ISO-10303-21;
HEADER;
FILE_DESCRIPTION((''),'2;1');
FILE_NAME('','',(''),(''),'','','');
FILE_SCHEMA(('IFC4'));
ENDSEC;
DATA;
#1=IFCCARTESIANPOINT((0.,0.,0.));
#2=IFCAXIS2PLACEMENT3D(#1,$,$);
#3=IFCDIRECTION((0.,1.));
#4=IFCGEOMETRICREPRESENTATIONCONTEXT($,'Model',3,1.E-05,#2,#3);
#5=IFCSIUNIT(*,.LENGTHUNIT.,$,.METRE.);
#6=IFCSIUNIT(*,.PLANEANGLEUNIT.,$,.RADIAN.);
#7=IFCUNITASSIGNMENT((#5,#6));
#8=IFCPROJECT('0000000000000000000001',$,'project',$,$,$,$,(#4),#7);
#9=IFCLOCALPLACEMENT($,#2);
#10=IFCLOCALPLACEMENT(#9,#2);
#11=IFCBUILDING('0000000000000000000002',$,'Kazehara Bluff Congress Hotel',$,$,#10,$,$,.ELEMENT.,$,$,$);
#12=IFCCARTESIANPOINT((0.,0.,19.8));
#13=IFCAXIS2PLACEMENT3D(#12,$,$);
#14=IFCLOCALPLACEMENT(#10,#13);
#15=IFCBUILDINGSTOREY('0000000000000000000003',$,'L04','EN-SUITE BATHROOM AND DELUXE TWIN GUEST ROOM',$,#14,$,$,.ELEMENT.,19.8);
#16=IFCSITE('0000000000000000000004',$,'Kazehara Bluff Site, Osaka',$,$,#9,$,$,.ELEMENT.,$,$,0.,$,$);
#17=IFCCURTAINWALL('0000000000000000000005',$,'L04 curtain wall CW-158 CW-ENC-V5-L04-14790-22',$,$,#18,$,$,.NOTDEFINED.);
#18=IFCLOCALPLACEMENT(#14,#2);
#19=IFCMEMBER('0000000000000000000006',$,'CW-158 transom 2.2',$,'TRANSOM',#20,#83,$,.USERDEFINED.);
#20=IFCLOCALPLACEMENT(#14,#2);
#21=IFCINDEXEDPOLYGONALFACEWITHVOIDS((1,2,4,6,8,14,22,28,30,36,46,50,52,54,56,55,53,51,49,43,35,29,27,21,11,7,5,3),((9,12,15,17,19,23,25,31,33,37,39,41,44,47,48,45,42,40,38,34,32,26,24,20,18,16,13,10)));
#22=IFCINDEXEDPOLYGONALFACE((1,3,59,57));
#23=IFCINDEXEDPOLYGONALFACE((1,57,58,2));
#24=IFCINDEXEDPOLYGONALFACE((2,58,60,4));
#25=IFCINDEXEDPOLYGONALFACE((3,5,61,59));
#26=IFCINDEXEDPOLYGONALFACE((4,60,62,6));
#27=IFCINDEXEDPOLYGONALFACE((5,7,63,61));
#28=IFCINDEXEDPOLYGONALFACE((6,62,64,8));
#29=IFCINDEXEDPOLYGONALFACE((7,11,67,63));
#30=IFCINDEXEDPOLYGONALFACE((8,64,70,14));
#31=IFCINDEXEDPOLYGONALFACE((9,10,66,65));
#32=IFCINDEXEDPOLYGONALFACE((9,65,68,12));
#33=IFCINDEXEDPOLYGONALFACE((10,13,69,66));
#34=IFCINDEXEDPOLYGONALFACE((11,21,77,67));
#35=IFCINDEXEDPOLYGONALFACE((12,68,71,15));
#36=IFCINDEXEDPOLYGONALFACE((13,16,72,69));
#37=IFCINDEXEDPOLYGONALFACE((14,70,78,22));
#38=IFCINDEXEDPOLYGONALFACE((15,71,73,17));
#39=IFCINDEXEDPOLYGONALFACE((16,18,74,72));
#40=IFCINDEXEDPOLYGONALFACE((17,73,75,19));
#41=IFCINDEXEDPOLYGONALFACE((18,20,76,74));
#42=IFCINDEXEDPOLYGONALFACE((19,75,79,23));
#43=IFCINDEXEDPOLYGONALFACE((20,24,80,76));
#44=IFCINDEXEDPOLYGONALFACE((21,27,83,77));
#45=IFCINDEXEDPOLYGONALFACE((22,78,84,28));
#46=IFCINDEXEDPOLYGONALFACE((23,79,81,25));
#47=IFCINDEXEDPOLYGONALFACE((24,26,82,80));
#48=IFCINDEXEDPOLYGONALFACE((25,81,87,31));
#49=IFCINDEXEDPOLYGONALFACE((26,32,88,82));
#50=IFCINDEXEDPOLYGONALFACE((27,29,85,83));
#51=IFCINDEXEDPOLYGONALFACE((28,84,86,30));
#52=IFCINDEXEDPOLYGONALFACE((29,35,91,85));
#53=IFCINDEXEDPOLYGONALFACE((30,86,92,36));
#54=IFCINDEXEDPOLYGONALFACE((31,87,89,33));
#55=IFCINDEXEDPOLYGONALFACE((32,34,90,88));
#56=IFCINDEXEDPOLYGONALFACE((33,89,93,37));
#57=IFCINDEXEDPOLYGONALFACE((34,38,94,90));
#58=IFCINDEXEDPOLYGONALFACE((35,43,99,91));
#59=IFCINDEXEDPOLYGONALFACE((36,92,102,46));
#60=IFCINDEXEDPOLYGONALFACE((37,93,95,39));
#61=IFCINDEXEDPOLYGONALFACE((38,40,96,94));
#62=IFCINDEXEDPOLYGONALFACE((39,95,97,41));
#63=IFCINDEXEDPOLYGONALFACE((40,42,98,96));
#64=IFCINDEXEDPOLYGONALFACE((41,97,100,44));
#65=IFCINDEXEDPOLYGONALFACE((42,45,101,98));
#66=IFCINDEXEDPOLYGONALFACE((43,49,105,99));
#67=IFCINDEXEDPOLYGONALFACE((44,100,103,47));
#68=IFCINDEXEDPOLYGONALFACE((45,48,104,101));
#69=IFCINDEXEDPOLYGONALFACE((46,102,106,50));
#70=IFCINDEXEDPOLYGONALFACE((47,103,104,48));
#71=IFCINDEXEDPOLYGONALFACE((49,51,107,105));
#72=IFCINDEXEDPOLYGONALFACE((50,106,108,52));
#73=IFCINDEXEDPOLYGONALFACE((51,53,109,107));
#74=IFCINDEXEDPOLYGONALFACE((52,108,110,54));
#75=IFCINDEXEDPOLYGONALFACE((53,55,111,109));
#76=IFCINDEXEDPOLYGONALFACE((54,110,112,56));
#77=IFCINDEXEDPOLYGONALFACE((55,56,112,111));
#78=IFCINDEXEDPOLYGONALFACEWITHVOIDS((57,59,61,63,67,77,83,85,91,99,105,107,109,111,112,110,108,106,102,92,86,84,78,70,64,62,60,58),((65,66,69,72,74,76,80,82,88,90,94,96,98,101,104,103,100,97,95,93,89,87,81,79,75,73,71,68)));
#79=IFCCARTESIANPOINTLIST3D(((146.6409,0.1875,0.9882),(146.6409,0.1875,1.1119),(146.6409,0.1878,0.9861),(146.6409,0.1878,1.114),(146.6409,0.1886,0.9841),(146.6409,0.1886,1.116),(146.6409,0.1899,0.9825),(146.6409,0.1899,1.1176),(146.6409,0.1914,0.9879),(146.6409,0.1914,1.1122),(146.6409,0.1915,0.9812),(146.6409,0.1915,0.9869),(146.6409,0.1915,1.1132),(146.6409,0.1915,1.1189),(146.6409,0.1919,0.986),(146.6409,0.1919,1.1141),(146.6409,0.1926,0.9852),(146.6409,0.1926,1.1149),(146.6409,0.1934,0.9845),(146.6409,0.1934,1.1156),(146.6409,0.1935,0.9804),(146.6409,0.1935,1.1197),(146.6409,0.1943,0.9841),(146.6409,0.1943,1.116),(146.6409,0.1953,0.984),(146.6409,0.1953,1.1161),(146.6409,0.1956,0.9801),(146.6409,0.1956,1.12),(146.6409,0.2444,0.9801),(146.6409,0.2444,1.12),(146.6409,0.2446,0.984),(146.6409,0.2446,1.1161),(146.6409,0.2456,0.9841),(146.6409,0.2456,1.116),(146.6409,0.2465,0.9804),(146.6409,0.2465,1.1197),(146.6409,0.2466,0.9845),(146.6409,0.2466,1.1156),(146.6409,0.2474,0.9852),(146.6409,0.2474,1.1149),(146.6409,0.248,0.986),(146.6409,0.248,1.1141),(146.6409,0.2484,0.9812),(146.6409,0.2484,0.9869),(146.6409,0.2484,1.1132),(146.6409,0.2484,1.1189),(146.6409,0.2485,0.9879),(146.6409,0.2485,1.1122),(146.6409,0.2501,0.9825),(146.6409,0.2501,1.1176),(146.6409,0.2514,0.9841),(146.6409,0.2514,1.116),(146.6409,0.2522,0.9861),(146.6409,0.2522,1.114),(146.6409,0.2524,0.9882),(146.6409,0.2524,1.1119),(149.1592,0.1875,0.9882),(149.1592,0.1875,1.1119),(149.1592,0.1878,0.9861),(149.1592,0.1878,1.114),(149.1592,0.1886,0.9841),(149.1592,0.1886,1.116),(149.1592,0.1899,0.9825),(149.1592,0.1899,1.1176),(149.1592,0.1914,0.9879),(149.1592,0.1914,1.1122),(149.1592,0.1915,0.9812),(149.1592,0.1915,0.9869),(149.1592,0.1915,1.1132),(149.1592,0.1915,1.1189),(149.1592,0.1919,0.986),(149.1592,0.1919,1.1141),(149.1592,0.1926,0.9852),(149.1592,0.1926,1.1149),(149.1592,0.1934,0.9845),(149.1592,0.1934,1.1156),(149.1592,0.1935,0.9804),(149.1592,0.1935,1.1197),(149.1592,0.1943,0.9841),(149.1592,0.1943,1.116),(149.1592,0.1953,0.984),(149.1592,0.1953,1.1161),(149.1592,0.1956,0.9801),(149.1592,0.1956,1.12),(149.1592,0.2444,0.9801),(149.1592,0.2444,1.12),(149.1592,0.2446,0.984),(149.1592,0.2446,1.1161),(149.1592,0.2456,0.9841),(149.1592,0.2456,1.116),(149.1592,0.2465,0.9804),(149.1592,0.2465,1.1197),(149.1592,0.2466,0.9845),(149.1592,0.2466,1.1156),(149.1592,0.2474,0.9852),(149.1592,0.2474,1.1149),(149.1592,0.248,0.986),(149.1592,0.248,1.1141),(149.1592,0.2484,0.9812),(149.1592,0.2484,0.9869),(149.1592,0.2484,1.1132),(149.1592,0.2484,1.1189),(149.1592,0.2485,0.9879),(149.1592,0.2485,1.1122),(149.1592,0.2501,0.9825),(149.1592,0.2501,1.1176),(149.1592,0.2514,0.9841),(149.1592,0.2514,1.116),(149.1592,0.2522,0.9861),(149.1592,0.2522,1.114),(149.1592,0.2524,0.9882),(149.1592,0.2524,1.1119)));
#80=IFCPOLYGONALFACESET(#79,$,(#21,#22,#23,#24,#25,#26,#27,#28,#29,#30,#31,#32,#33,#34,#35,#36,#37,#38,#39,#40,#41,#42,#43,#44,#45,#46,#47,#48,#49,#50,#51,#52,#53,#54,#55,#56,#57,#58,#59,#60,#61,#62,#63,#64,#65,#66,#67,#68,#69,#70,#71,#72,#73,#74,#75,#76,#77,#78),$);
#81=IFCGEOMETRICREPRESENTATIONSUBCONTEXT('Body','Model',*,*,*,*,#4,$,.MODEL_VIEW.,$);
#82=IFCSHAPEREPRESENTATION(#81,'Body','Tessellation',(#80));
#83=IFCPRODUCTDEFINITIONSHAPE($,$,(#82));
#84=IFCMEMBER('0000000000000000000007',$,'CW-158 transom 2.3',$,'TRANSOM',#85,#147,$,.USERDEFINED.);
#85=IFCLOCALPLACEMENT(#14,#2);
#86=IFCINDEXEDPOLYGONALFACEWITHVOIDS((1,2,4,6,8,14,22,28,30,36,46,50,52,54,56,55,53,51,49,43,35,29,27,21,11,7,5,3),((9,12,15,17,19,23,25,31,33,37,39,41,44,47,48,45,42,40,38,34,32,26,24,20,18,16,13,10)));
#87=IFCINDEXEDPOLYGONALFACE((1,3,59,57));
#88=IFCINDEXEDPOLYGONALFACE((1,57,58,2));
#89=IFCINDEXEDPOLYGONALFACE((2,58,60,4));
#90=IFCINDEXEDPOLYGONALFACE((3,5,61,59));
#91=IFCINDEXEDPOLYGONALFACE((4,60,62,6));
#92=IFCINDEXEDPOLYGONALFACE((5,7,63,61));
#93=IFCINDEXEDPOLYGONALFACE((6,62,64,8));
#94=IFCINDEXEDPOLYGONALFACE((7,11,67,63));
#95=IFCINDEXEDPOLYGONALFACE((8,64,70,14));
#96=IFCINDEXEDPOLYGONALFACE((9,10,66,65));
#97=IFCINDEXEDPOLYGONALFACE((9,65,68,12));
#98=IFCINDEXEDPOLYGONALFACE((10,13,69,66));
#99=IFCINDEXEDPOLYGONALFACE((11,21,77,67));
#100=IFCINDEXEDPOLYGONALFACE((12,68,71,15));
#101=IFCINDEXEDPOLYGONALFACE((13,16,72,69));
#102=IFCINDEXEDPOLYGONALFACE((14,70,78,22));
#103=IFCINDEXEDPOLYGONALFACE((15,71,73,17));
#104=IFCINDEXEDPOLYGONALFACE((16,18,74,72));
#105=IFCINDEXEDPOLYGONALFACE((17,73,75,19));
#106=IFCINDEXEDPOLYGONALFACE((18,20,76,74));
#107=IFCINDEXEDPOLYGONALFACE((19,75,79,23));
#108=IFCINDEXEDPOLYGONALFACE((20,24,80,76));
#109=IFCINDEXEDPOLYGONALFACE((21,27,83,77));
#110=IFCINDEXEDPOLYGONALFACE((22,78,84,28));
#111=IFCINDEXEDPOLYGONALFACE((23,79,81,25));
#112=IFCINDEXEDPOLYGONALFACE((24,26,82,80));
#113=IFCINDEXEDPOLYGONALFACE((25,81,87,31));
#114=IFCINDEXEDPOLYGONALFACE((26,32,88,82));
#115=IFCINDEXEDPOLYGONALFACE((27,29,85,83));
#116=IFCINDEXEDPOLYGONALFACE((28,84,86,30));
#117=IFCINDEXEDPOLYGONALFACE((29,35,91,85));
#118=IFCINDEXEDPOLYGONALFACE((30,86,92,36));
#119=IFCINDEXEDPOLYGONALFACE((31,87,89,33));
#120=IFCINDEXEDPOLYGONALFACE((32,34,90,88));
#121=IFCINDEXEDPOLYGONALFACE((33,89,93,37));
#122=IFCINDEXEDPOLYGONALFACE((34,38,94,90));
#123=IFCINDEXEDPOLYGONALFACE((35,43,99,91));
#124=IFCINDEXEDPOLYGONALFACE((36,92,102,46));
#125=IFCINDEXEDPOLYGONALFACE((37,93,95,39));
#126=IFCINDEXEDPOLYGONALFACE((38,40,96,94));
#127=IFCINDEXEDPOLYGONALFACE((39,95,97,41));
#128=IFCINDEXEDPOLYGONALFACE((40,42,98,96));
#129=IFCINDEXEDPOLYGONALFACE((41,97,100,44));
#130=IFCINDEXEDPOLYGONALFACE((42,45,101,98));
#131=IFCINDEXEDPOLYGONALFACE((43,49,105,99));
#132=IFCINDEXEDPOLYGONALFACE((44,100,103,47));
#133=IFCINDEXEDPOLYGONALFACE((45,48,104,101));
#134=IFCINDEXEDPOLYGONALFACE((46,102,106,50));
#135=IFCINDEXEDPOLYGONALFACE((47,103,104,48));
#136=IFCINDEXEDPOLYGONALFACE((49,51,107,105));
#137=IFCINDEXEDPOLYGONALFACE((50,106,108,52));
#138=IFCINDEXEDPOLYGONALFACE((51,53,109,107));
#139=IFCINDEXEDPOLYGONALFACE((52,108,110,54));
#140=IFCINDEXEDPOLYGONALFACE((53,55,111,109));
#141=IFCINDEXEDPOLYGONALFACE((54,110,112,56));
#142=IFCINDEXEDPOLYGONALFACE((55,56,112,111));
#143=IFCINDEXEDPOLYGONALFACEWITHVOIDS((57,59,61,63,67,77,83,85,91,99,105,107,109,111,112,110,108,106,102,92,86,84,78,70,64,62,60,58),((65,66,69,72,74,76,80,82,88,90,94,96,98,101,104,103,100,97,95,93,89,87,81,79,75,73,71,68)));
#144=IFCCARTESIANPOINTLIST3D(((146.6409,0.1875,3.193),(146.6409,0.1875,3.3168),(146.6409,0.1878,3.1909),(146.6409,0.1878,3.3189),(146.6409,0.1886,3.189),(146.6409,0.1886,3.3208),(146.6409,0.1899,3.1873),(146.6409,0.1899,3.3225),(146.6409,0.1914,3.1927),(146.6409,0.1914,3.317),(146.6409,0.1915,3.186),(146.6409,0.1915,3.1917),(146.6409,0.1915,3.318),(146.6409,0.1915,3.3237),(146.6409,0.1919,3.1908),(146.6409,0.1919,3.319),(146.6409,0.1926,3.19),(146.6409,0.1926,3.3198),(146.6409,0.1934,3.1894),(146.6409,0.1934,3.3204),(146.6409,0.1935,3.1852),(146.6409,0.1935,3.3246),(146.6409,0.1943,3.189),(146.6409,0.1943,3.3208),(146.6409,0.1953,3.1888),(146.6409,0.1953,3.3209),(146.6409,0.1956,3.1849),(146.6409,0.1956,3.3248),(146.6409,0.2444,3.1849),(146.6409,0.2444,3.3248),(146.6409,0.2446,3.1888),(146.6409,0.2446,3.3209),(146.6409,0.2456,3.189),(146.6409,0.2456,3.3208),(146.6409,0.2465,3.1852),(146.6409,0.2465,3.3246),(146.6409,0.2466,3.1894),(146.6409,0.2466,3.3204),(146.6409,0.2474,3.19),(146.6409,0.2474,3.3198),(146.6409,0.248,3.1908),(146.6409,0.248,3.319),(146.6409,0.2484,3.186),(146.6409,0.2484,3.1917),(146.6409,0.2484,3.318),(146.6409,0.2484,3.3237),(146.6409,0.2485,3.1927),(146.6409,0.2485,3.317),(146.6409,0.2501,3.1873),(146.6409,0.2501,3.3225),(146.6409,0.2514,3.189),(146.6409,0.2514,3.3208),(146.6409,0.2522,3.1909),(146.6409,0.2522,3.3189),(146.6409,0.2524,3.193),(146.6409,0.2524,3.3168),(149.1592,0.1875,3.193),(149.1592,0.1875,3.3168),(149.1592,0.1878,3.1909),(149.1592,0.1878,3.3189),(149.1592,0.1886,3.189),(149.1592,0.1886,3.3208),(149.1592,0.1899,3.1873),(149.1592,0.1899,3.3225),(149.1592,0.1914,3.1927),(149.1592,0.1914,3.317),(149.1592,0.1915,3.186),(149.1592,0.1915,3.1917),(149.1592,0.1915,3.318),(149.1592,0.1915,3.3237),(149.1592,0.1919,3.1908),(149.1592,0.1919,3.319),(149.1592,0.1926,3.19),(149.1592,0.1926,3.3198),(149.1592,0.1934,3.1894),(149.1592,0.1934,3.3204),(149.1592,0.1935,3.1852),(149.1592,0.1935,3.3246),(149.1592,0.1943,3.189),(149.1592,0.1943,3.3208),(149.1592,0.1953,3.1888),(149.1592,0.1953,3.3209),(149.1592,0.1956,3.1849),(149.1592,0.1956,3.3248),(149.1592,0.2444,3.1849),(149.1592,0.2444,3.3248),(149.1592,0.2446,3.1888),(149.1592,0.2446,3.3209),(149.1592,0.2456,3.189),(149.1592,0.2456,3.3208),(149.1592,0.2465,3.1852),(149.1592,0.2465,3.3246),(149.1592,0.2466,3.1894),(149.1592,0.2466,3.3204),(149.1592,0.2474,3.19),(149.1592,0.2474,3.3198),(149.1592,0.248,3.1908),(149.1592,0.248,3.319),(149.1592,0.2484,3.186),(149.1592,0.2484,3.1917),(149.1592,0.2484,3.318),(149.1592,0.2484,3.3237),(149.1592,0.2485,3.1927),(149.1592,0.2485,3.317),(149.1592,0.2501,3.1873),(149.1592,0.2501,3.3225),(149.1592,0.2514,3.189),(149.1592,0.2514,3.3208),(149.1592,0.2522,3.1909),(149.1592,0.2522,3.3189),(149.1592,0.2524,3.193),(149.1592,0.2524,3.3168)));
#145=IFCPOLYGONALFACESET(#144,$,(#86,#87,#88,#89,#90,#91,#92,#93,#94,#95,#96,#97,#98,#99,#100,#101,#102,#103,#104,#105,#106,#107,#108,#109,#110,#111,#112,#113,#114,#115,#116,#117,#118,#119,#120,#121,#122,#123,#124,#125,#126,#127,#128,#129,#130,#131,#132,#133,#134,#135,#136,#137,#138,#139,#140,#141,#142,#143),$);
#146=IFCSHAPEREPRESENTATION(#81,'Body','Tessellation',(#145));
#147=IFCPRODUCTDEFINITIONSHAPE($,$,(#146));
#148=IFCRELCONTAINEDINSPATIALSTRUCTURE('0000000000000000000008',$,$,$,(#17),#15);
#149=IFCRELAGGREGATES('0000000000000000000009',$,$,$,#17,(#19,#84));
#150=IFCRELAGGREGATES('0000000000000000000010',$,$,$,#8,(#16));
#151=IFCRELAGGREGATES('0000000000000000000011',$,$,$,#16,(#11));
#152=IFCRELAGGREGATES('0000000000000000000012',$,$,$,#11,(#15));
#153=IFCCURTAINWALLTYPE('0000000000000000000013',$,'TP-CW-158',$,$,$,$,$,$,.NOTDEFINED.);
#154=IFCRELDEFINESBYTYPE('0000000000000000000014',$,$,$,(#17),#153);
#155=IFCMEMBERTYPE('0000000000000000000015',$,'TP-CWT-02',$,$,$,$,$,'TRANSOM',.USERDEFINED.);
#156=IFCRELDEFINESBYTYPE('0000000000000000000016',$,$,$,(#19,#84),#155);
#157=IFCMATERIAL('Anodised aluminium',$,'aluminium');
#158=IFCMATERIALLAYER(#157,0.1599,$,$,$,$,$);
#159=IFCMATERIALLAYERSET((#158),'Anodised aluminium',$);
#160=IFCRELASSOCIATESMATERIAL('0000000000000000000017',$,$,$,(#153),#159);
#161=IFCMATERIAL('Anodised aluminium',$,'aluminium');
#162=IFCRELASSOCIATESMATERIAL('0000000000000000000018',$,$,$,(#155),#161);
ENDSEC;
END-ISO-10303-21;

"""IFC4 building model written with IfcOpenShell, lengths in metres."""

from ifc_helpers import new_model, si_unit, direction, frame, origin, origin_2d, place, context, subcontext, project, spatial, hollow_rectangle, extrude, material, layer, layer_set, material_profile, profile_set, type_object, element, aggregate, save


model = new_model("IFC4")

# Units and contexts
model_context = context("Model", 3, precision=1e-05, world=origin(), true_north=direction((0.0, 1.0)))
body_context = subcontext(model_context, "Body", "Model", "MODEL_VIEW")
ifc_project = project(units=[si_unit("LENGTHUNIT", "METRE"), si_unit("PLANEANGLEUNIT", "RADIAN")], contexts=[model_context])

# Site, building, storey
site_placement = place(None, origin())
site = spatial("IfcSite", under=ifc_project, at=site_placement, Name="Kazehara Bluff Site, Osaka", CompositionType="ELEMENT", RefElevation=0.0)
building_placement = place(site_placement, origin())
building = spatial("IfcBuilding", under=site, at=building_placement, Name="Kazehara Bluff Congress Hotel", CompositionType="ELEMENT")
storey_placement = place(building_placement, frame((0.0, 0.0, 19.8)))
storey = spatial("IfcBuildingStorey", under=building, at=storey_placement, Name="L04", Description="EN-SUITE BATHROOM AND DELUXE TWIN GUEST ROOM", CompositionType="ELEMENT", Elevation=19.8)

# Curtain wall
ifc_material_1 = material(Name="Anodised aluminium", Category="aluminium")
ifc_layer_1 = layer(ifc_material_1, 0.1599)
ifc_layer_set_1 = layer_set([ifc_layer_1], Name="Anodised aluminium")
curtain_wall_type = type_object("IfcCurtainWallType", Name="TP-CW-158", PredefinedType="NOTDEFINED", material=ifc_layer_set_1)
curtain_wall_1_placement = place(storey_placement, origin())
curtain_wall_1 = element("IfcCurtainWall", 1, at=curtain_wall_1_placement, inside=storey, type_object=curtain_wall_type, Name="L04 curtain wall CW-158 CW-ENC-V5-L04-14790-22", PredefinedType="NOTDEFINED")

# Members
ifc_material_2 = material(Name="Anodised aluminium", Category="aluminium")
ifc_material_profile_1 = material_profile(ifc_material_2, hollow_rectangle(XDim=0.0649, YDim=0.1399, WallThickness=0.0039, InnerFilletRadius=0.0039, OuterFilletRadius=0.0081, at=origin_2d()))
ifc_profile_set_1 = profile_set([ifc_material_profile_1], Name="Anodised aluminium")
member_type_1 = type_object("IfcMemberType", Name="TP-CWT-02", ElementType="TRANSOM", PredefinedType="USERDEFINED", material=ifc_profile_set_1)
member_1_placement = place(storey_placement, frame((149.1592, 0.22, 1.05), z_axis=(-1.0, 0.0, 0.0), x_axis=(0.0, -1.0, 0.0)))
member_1 = element("IfcMember", 2, at=member_1_placement, type_object=member_type_1, Name="CW-158 transom 2.2", ObjectType="TRANSOM", PredefinedType="USERDEFINED", context=body_context, shape_type="SweptSolid", body=[
    extrude(hollow_rectangle(XDim=0.0649, YDim=0.1399, WallThickness=0.0039, InnerFilletRadius=0.0039, OuterFilletRadius=0.0081, at=origin_2d()), origin(), (0.0, 0.0, 1.0), 2.5183),
])
member_2_placement = place(storey_placement, frame((149.1592, 0.22, 3.2549), z_axis=(-1.0, 0.0, 0.0), x_axis=(0.0, -1.0, 0.0)))
member_2 = element("IfcMember", 3, at=member_2_placement, type_object=member_type_1, Name="CW-158 transom 2.3", ObjectType="TRANSOM", PredefinedType="USERDEFINED", context=body_context, shape_type="SweptSolid", body=[
    extrude(hollow_rectangle(XDim=0.0649, YDim=0.1399, WallThickness=0.0039, InnerFilletRadius=0.0039, OuterFilletRadius=0.0081, at=origin_2d()), origin(), (0.0, 0.0, 1.0), 2.5183),
])

aggregate(curtain_wall_1, [member_1, member_2])

save(model, "model.ifc")
